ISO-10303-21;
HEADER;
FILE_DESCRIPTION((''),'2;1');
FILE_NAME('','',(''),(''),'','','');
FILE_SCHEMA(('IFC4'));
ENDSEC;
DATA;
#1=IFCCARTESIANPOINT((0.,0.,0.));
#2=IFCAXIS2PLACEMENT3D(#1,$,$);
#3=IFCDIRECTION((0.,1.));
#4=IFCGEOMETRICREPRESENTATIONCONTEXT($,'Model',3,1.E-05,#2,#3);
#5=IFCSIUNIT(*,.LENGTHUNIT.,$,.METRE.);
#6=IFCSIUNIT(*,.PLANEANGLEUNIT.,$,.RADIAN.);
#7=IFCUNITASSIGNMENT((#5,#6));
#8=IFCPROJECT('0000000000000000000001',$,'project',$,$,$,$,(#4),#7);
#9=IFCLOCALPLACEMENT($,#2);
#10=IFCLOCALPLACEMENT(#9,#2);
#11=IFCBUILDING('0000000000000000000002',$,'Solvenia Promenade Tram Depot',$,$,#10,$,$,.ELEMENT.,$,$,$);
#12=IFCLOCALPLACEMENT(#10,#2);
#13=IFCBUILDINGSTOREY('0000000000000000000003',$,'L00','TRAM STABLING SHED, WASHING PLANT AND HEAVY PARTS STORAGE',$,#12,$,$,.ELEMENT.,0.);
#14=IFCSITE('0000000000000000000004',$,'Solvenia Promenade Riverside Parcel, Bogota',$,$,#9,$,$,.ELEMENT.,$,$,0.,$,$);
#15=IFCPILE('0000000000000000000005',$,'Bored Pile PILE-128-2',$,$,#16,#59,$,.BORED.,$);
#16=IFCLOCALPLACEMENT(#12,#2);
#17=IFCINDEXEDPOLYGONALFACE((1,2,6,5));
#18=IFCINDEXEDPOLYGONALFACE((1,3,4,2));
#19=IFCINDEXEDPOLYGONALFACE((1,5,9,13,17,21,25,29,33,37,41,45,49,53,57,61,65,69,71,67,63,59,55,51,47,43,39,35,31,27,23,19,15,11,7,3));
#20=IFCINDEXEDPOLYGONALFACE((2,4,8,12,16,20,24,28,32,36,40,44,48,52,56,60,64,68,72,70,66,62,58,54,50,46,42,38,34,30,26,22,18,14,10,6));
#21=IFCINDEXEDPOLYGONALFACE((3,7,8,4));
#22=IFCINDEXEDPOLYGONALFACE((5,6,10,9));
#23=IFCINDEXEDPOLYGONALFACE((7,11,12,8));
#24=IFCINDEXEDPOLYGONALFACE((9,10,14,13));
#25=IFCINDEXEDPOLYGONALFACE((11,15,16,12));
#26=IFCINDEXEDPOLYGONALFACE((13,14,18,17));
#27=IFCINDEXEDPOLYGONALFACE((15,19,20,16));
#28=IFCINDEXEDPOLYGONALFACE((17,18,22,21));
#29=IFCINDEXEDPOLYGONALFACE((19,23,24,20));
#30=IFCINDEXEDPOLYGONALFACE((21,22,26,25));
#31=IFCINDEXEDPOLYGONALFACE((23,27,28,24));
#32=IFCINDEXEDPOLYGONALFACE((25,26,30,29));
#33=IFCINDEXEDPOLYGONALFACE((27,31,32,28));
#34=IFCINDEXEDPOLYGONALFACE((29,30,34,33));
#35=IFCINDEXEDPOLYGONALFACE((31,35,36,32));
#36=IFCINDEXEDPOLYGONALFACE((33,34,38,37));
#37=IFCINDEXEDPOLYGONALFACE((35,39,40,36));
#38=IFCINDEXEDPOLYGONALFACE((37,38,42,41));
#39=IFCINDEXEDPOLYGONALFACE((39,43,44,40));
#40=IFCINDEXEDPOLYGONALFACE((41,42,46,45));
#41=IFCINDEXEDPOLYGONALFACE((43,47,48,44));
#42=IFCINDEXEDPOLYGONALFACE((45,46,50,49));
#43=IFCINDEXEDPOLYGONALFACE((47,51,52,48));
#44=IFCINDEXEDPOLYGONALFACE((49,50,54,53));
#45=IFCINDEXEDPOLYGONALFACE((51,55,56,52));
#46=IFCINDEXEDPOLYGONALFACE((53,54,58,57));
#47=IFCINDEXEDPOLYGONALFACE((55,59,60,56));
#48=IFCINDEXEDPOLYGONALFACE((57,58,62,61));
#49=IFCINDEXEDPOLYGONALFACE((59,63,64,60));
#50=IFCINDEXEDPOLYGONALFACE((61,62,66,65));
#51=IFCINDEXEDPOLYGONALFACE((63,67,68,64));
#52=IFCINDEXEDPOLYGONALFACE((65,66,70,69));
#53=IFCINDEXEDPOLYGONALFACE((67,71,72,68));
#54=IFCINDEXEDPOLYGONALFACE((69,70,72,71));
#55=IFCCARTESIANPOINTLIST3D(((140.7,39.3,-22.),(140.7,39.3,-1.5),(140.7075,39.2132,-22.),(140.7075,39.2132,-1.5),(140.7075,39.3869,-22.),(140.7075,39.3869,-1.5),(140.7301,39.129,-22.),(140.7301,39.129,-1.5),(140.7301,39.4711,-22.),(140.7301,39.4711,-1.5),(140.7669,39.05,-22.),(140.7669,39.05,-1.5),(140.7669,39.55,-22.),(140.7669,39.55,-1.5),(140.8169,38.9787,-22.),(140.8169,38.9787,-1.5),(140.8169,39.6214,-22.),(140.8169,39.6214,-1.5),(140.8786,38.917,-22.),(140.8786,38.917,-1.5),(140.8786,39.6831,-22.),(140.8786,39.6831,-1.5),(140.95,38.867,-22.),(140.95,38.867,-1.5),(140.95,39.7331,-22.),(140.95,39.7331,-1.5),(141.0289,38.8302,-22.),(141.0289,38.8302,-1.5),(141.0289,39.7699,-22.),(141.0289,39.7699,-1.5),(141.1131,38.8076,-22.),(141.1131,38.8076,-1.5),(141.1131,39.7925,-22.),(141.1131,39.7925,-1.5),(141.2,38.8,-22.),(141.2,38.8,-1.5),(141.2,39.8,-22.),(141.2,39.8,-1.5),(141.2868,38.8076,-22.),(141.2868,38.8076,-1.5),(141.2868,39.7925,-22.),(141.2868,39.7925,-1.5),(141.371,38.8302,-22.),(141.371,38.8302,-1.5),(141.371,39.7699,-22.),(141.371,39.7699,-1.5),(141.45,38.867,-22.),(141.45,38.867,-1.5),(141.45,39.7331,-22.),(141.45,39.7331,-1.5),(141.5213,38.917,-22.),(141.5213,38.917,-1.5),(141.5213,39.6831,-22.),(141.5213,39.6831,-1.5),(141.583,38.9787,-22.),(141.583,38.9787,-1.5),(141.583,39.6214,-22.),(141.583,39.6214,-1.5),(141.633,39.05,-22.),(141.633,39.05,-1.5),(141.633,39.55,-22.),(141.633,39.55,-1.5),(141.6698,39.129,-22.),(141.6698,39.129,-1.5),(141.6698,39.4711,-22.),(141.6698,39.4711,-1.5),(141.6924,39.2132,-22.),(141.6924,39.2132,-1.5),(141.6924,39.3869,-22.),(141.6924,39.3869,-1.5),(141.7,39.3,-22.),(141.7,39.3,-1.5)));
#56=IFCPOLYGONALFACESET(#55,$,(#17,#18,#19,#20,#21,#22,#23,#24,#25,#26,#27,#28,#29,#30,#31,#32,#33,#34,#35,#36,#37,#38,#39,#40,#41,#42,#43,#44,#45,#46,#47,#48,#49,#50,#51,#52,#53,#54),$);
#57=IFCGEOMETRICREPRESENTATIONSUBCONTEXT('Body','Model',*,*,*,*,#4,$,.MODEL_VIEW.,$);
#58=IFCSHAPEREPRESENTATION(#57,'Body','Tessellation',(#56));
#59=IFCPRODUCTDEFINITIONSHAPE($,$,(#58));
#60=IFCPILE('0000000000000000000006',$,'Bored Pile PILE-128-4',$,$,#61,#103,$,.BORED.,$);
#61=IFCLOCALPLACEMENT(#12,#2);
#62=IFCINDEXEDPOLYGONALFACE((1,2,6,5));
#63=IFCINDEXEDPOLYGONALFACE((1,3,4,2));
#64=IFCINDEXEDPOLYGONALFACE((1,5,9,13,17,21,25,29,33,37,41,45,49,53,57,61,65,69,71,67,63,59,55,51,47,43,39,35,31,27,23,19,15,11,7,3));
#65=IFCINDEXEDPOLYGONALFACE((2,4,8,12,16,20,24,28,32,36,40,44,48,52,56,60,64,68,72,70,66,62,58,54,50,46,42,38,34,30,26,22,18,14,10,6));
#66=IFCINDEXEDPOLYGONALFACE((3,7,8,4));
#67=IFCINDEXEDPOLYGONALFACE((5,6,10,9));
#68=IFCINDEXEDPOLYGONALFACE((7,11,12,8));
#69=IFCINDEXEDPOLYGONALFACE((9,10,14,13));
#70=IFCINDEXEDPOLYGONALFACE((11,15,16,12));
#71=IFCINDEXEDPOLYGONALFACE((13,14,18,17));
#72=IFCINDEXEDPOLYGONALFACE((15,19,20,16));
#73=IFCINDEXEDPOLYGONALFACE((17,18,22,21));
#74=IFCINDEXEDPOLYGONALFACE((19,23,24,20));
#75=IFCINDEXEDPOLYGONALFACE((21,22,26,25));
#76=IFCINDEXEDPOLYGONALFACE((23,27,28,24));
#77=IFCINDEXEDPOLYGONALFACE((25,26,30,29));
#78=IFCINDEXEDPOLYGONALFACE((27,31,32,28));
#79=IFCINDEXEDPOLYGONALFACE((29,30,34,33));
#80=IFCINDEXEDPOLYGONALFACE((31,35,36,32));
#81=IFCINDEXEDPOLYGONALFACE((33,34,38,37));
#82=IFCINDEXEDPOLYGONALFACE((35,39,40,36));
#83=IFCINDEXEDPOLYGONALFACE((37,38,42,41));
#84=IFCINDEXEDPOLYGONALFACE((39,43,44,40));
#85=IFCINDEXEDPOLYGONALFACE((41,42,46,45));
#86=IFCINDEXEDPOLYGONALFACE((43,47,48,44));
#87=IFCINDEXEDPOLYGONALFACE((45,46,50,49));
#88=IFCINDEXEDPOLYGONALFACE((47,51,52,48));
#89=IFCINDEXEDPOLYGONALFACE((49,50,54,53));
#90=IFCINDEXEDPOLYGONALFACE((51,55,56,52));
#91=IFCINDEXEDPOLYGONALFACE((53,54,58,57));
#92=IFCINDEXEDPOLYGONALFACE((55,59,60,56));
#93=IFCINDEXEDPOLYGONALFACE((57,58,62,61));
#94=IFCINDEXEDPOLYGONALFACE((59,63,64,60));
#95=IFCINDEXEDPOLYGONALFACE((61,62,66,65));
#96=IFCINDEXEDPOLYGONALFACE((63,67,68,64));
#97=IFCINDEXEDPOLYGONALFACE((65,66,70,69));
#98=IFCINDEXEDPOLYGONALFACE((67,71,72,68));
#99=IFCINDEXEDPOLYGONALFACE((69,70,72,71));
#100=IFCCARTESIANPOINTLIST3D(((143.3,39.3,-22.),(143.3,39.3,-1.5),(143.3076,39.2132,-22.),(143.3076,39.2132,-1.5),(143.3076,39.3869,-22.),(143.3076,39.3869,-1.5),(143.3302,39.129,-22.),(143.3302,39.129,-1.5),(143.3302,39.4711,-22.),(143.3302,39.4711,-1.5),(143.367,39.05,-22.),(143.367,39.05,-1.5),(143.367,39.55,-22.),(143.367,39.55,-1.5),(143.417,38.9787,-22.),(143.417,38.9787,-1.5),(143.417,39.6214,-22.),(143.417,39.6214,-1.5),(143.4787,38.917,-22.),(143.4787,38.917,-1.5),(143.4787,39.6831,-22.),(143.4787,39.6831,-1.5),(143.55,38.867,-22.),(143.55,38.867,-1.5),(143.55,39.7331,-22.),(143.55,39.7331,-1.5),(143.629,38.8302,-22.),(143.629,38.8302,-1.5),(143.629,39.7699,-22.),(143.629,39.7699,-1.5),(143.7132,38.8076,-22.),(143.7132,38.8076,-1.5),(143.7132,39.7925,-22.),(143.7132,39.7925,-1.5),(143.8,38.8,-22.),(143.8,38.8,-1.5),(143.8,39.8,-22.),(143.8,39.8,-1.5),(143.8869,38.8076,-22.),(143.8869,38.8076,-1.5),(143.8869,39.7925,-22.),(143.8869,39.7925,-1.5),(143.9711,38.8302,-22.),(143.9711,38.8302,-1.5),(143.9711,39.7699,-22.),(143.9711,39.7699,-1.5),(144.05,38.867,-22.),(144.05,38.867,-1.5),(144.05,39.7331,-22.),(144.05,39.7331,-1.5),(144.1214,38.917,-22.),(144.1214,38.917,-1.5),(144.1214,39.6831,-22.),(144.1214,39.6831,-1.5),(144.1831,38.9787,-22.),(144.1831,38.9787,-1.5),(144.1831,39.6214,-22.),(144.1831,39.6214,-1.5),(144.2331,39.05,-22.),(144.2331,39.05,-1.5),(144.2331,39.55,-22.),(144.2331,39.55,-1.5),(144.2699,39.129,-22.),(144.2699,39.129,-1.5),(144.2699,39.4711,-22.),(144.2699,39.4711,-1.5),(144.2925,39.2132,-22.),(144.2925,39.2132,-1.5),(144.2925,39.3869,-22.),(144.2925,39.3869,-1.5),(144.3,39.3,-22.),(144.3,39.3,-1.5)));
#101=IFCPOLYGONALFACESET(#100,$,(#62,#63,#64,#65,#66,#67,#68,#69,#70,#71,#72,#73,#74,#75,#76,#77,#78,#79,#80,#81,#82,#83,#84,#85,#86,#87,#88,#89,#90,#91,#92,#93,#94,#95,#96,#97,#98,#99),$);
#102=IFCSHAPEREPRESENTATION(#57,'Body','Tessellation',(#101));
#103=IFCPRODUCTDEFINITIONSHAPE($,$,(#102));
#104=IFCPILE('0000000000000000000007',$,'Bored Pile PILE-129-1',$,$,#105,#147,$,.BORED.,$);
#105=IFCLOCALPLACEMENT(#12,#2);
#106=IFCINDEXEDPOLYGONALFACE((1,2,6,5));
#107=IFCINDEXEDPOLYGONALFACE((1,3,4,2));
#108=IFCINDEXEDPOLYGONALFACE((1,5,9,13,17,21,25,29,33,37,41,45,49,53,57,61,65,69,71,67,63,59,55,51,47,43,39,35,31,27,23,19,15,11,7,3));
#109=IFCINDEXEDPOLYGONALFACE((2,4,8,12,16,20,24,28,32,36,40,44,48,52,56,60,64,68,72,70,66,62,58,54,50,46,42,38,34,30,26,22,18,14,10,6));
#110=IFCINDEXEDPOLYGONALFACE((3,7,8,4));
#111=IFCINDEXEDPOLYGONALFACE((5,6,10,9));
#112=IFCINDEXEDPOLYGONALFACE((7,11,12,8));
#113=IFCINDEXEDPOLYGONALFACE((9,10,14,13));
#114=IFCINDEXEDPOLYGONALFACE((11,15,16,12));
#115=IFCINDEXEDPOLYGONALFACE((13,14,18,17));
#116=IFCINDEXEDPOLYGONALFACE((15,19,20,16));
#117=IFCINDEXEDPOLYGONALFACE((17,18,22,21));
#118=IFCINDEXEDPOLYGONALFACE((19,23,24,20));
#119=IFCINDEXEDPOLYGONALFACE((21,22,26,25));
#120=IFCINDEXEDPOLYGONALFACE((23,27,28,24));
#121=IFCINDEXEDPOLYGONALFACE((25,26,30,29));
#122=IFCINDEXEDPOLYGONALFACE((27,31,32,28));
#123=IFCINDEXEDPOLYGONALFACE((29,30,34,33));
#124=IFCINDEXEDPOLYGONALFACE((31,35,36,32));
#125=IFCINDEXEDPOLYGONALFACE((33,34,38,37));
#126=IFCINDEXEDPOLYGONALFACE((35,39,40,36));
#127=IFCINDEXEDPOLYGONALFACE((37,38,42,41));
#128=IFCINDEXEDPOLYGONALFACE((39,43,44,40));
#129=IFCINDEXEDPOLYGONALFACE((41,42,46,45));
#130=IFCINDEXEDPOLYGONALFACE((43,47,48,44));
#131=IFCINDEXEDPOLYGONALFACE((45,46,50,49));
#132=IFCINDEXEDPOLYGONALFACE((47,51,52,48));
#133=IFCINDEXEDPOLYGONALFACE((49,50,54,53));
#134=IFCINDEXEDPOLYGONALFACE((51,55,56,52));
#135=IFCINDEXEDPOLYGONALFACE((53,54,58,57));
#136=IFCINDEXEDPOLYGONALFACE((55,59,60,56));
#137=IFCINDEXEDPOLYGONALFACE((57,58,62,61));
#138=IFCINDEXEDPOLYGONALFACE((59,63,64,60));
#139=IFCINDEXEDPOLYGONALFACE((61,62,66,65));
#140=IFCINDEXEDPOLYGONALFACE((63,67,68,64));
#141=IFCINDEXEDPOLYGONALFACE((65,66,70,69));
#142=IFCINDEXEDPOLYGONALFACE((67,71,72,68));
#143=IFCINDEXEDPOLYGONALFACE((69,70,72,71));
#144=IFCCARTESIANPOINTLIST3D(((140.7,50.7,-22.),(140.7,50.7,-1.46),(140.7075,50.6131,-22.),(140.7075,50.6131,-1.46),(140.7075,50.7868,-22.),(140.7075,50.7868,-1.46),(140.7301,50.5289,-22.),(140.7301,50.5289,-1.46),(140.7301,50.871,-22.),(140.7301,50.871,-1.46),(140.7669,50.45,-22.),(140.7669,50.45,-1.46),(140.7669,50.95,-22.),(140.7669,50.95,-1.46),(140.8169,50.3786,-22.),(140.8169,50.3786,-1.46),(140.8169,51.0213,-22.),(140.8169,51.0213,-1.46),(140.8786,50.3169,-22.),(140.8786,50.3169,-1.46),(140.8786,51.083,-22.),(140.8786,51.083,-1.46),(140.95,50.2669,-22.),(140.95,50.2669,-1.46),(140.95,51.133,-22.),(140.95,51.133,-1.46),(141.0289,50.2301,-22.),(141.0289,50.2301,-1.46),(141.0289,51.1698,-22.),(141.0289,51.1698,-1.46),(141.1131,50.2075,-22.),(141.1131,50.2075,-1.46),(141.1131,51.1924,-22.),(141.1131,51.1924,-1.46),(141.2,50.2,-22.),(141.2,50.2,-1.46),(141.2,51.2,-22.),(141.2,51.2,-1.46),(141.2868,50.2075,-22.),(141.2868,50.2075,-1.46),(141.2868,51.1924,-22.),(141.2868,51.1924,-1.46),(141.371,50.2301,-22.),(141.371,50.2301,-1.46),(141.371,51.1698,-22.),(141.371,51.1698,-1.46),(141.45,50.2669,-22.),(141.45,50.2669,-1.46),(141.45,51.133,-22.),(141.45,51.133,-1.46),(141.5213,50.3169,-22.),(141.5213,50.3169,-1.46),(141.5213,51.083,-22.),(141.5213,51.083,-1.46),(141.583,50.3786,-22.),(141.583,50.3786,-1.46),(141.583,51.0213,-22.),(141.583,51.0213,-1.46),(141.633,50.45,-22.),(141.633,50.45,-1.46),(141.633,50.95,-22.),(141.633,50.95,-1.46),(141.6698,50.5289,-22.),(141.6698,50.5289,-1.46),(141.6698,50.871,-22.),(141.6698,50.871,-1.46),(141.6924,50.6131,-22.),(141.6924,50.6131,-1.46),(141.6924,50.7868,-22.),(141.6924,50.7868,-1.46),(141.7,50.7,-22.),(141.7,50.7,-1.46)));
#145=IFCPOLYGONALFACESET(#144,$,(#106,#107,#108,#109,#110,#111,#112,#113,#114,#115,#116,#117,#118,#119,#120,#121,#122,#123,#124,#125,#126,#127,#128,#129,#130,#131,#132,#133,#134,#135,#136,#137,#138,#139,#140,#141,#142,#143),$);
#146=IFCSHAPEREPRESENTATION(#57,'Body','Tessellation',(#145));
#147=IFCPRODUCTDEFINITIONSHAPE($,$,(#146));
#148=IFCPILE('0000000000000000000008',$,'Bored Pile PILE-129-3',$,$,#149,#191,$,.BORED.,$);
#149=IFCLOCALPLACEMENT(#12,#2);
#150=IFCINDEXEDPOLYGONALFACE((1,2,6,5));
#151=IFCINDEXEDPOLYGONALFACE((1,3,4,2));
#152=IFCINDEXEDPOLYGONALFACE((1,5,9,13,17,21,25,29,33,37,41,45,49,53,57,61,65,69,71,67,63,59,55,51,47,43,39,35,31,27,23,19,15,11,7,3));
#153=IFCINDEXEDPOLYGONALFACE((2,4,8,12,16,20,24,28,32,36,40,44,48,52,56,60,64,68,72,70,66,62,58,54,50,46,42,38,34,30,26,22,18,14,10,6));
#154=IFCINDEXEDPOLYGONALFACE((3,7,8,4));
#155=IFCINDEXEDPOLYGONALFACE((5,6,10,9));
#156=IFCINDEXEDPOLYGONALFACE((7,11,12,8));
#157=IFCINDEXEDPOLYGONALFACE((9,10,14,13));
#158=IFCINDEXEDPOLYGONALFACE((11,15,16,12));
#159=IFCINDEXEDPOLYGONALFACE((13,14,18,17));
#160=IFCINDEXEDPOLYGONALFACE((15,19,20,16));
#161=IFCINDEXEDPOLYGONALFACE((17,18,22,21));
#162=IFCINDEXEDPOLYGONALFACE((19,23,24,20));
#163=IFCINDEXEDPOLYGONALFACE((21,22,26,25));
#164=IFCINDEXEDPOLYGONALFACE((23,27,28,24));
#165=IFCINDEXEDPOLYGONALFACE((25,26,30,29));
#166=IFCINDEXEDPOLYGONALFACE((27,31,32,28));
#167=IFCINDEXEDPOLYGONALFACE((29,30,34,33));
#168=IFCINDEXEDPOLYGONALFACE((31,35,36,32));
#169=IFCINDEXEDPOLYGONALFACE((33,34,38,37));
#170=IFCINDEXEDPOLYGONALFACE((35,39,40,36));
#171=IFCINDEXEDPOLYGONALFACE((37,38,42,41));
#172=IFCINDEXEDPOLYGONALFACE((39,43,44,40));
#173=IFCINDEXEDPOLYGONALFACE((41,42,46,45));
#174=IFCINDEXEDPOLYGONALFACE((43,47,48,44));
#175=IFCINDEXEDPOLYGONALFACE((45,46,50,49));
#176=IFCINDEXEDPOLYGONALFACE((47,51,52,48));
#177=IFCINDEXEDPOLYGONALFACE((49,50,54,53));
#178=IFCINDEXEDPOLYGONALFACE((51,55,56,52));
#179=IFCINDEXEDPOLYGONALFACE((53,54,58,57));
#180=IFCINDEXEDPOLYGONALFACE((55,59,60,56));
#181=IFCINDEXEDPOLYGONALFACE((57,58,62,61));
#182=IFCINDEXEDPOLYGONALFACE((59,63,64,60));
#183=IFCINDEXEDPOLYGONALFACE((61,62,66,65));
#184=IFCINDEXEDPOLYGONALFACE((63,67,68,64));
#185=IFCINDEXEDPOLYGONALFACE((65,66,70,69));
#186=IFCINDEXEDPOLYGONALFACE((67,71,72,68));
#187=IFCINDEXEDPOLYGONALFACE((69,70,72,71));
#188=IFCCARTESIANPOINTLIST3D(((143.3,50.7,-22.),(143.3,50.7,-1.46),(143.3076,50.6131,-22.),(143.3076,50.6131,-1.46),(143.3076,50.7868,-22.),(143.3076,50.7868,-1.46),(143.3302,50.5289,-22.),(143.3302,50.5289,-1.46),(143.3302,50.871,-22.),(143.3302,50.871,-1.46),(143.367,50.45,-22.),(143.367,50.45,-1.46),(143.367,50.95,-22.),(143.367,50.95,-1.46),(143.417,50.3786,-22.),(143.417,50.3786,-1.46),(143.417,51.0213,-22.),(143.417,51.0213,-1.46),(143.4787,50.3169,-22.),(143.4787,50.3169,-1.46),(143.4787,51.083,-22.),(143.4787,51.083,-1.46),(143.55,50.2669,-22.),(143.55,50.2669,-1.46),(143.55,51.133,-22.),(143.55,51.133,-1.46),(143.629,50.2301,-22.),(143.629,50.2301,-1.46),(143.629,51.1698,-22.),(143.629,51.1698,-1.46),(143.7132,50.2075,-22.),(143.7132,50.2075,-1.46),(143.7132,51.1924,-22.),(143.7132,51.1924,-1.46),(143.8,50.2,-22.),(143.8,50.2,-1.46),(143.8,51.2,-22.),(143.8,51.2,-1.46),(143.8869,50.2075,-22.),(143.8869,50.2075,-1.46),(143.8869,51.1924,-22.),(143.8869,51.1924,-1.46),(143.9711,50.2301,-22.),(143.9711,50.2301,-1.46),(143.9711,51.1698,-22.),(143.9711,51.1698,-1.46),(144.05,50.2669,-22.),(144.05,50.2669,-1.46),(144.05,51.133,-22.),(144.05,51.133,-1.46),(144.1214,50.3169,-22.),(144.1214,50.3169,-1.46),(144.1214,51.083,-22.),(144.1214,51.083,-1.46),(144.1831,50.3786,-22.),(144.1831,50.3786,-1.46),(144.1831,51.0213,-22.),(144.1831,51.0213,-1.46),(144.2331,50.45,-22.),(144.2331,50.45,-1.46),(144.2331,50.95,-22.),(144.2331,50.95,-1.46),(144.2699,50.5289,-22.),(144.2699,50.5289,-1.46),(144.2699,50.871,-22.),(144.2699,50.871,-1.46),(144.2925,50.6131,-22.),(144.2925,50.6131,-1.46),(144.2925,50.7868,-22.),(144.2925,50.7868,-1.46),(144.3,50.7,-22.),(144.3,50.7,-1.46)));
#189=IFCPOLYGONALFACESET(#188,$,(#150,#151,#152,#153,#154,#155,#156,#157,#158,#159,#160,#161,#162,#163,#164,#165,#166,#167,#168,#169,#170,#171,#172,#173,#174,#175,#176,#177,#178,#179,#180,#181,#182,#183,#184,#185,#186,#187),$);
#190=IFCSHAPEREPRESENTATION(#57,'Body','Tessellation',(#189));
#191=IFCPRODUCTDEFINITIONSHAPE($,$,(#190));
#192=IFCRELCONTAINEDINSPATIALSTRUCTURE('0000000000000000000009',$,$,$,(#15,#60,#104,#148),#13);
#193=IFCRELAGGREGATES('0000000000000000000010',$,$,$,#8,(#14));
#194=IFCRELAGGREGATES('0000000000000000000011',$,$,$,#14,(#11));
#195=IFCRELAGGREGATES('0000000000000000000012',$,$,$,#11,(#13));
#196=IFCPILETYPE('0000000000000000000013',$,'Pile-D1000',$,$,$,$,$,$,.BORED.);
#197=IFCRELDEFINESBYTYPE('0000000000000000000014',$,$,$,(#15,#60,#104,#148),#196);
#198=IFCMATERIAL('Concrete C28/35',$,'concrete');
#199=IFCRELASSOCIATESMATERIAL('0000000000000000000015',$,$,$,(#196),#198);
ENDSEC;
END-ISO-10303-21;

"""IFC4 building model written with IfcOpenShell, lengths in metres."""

from ifc_helpers import new_model, si_unit, direction, frame, origin, origin_2d, place, context, subcontext, project, spatial, circle, extrude, material, material_profile, profile_set, type_object, element, save


model = new_model("IFC4")

# Units and contexts
model_context = context("Model", 3, precision=1e-05, world=origin(), true_north=direction((0.0, 1.0)))
body_context = subcontext(model_context, "Body", "Model", "MODEL_VIEW")
ifc_project = project(units=[si_unit("LENGTHUNIT", "METRE"), si_unit("PLANEANGLEUNIT", "RADIAN")], contexts=[model_context])

# Site, building, storey
site_placement = place(None, origin())
site = spatial("IfcSite", under=ifc_project, at=site_placement, Name="Solvenia Promenade Riverside Parcel, Bogota", CompositionType="ELEMENT", RefElevation=0.0)
building_placement = place(site_placement, origin())
building = spatial("IfcBuilding", under=site, at=building_placement, Name="Solvenia Promenade Tram Depot", CompositionType="ELEMENT")
storey_placement = place(building_placement, origin())
storey = spatial("IfcBuildingStorey", under=building, at=storey_placement, Name="L00", Description="TRAM STABLING SHED, WASHING PLANT AND HEAVY PARTS STORAGE", CompositionType="ELEMENT", Elevation=0.0)

# Piles
ifc_material_1 = material(Name="Concrete C28/35", Category="concrete")
ifc_material_profile_1 = material_profile(ifc_material_1, circle(Radius=0.5, at=origin_2d()), Name="D1000", Category="concrete")
ifc_profile_set_1 = profile_set([ifc_material_profile_1], Name="Concrete C28/35")
pile_type_1 = type_object("IfcPileType", Name="Pile-D1000", PredefinedType="BORED", material=ifc_profile_set_1)
for number, where, z_axis, x_axis, name in (
    (1, (141.2, 39.3, -1.5), (0.0, 0.0, -1.0), (1.0, 0.0, 0.0), "Bored Pile PILE-128-2"),
    (2, (143.8, 39.3, -1.5), (0.0, 0.0, -1.0), (1.0, 0.0, 0.0), "Bored Pile PILE-128-4"),
):
    element("IfcPile", number, at=place(storey_placement, frame(where, z_axis=z_axis, x_axis=x_axis)), inside=storey, type_object=pile_type_1, Name=name, PredefinedType="BORED", context=body_context, shape_type="SweptSolid", body=[
        extrude(circle(Radius=0.5, at=origin_2d()), origin(), (0.0, 0.0, 1.0), 20.5),
    ])
for number, where, z_axis, x_axis, name in (
    (3, (141.2, 50.7, -1.46), (0.0, 0.0, -1.0), (1.0, 0.0, 0.0), "Bored Pile PILE-129-1"),
    (4, (143.8, 50.7, -1.46), (0.0, 0.0, -1.0), (1.0, 0.0, 0.0), "Bored Pile PILE-129-3"),
):
    element("IfcPile", number, at=place(storey_placement, frame(where, z_axis=z_axis, x_axis=x_axis)), inside=storey, type_object=pile_type_1, Name=name, PredefinedType="BORED", context=body_context, shape_type="SweptSolid", body=[
        extrude(circle(Radius=0.5, at=origin_2d()), origin(), (0.0, 0.0, 1.0), 20.54),
    ])

save(model, "model.ifc")
